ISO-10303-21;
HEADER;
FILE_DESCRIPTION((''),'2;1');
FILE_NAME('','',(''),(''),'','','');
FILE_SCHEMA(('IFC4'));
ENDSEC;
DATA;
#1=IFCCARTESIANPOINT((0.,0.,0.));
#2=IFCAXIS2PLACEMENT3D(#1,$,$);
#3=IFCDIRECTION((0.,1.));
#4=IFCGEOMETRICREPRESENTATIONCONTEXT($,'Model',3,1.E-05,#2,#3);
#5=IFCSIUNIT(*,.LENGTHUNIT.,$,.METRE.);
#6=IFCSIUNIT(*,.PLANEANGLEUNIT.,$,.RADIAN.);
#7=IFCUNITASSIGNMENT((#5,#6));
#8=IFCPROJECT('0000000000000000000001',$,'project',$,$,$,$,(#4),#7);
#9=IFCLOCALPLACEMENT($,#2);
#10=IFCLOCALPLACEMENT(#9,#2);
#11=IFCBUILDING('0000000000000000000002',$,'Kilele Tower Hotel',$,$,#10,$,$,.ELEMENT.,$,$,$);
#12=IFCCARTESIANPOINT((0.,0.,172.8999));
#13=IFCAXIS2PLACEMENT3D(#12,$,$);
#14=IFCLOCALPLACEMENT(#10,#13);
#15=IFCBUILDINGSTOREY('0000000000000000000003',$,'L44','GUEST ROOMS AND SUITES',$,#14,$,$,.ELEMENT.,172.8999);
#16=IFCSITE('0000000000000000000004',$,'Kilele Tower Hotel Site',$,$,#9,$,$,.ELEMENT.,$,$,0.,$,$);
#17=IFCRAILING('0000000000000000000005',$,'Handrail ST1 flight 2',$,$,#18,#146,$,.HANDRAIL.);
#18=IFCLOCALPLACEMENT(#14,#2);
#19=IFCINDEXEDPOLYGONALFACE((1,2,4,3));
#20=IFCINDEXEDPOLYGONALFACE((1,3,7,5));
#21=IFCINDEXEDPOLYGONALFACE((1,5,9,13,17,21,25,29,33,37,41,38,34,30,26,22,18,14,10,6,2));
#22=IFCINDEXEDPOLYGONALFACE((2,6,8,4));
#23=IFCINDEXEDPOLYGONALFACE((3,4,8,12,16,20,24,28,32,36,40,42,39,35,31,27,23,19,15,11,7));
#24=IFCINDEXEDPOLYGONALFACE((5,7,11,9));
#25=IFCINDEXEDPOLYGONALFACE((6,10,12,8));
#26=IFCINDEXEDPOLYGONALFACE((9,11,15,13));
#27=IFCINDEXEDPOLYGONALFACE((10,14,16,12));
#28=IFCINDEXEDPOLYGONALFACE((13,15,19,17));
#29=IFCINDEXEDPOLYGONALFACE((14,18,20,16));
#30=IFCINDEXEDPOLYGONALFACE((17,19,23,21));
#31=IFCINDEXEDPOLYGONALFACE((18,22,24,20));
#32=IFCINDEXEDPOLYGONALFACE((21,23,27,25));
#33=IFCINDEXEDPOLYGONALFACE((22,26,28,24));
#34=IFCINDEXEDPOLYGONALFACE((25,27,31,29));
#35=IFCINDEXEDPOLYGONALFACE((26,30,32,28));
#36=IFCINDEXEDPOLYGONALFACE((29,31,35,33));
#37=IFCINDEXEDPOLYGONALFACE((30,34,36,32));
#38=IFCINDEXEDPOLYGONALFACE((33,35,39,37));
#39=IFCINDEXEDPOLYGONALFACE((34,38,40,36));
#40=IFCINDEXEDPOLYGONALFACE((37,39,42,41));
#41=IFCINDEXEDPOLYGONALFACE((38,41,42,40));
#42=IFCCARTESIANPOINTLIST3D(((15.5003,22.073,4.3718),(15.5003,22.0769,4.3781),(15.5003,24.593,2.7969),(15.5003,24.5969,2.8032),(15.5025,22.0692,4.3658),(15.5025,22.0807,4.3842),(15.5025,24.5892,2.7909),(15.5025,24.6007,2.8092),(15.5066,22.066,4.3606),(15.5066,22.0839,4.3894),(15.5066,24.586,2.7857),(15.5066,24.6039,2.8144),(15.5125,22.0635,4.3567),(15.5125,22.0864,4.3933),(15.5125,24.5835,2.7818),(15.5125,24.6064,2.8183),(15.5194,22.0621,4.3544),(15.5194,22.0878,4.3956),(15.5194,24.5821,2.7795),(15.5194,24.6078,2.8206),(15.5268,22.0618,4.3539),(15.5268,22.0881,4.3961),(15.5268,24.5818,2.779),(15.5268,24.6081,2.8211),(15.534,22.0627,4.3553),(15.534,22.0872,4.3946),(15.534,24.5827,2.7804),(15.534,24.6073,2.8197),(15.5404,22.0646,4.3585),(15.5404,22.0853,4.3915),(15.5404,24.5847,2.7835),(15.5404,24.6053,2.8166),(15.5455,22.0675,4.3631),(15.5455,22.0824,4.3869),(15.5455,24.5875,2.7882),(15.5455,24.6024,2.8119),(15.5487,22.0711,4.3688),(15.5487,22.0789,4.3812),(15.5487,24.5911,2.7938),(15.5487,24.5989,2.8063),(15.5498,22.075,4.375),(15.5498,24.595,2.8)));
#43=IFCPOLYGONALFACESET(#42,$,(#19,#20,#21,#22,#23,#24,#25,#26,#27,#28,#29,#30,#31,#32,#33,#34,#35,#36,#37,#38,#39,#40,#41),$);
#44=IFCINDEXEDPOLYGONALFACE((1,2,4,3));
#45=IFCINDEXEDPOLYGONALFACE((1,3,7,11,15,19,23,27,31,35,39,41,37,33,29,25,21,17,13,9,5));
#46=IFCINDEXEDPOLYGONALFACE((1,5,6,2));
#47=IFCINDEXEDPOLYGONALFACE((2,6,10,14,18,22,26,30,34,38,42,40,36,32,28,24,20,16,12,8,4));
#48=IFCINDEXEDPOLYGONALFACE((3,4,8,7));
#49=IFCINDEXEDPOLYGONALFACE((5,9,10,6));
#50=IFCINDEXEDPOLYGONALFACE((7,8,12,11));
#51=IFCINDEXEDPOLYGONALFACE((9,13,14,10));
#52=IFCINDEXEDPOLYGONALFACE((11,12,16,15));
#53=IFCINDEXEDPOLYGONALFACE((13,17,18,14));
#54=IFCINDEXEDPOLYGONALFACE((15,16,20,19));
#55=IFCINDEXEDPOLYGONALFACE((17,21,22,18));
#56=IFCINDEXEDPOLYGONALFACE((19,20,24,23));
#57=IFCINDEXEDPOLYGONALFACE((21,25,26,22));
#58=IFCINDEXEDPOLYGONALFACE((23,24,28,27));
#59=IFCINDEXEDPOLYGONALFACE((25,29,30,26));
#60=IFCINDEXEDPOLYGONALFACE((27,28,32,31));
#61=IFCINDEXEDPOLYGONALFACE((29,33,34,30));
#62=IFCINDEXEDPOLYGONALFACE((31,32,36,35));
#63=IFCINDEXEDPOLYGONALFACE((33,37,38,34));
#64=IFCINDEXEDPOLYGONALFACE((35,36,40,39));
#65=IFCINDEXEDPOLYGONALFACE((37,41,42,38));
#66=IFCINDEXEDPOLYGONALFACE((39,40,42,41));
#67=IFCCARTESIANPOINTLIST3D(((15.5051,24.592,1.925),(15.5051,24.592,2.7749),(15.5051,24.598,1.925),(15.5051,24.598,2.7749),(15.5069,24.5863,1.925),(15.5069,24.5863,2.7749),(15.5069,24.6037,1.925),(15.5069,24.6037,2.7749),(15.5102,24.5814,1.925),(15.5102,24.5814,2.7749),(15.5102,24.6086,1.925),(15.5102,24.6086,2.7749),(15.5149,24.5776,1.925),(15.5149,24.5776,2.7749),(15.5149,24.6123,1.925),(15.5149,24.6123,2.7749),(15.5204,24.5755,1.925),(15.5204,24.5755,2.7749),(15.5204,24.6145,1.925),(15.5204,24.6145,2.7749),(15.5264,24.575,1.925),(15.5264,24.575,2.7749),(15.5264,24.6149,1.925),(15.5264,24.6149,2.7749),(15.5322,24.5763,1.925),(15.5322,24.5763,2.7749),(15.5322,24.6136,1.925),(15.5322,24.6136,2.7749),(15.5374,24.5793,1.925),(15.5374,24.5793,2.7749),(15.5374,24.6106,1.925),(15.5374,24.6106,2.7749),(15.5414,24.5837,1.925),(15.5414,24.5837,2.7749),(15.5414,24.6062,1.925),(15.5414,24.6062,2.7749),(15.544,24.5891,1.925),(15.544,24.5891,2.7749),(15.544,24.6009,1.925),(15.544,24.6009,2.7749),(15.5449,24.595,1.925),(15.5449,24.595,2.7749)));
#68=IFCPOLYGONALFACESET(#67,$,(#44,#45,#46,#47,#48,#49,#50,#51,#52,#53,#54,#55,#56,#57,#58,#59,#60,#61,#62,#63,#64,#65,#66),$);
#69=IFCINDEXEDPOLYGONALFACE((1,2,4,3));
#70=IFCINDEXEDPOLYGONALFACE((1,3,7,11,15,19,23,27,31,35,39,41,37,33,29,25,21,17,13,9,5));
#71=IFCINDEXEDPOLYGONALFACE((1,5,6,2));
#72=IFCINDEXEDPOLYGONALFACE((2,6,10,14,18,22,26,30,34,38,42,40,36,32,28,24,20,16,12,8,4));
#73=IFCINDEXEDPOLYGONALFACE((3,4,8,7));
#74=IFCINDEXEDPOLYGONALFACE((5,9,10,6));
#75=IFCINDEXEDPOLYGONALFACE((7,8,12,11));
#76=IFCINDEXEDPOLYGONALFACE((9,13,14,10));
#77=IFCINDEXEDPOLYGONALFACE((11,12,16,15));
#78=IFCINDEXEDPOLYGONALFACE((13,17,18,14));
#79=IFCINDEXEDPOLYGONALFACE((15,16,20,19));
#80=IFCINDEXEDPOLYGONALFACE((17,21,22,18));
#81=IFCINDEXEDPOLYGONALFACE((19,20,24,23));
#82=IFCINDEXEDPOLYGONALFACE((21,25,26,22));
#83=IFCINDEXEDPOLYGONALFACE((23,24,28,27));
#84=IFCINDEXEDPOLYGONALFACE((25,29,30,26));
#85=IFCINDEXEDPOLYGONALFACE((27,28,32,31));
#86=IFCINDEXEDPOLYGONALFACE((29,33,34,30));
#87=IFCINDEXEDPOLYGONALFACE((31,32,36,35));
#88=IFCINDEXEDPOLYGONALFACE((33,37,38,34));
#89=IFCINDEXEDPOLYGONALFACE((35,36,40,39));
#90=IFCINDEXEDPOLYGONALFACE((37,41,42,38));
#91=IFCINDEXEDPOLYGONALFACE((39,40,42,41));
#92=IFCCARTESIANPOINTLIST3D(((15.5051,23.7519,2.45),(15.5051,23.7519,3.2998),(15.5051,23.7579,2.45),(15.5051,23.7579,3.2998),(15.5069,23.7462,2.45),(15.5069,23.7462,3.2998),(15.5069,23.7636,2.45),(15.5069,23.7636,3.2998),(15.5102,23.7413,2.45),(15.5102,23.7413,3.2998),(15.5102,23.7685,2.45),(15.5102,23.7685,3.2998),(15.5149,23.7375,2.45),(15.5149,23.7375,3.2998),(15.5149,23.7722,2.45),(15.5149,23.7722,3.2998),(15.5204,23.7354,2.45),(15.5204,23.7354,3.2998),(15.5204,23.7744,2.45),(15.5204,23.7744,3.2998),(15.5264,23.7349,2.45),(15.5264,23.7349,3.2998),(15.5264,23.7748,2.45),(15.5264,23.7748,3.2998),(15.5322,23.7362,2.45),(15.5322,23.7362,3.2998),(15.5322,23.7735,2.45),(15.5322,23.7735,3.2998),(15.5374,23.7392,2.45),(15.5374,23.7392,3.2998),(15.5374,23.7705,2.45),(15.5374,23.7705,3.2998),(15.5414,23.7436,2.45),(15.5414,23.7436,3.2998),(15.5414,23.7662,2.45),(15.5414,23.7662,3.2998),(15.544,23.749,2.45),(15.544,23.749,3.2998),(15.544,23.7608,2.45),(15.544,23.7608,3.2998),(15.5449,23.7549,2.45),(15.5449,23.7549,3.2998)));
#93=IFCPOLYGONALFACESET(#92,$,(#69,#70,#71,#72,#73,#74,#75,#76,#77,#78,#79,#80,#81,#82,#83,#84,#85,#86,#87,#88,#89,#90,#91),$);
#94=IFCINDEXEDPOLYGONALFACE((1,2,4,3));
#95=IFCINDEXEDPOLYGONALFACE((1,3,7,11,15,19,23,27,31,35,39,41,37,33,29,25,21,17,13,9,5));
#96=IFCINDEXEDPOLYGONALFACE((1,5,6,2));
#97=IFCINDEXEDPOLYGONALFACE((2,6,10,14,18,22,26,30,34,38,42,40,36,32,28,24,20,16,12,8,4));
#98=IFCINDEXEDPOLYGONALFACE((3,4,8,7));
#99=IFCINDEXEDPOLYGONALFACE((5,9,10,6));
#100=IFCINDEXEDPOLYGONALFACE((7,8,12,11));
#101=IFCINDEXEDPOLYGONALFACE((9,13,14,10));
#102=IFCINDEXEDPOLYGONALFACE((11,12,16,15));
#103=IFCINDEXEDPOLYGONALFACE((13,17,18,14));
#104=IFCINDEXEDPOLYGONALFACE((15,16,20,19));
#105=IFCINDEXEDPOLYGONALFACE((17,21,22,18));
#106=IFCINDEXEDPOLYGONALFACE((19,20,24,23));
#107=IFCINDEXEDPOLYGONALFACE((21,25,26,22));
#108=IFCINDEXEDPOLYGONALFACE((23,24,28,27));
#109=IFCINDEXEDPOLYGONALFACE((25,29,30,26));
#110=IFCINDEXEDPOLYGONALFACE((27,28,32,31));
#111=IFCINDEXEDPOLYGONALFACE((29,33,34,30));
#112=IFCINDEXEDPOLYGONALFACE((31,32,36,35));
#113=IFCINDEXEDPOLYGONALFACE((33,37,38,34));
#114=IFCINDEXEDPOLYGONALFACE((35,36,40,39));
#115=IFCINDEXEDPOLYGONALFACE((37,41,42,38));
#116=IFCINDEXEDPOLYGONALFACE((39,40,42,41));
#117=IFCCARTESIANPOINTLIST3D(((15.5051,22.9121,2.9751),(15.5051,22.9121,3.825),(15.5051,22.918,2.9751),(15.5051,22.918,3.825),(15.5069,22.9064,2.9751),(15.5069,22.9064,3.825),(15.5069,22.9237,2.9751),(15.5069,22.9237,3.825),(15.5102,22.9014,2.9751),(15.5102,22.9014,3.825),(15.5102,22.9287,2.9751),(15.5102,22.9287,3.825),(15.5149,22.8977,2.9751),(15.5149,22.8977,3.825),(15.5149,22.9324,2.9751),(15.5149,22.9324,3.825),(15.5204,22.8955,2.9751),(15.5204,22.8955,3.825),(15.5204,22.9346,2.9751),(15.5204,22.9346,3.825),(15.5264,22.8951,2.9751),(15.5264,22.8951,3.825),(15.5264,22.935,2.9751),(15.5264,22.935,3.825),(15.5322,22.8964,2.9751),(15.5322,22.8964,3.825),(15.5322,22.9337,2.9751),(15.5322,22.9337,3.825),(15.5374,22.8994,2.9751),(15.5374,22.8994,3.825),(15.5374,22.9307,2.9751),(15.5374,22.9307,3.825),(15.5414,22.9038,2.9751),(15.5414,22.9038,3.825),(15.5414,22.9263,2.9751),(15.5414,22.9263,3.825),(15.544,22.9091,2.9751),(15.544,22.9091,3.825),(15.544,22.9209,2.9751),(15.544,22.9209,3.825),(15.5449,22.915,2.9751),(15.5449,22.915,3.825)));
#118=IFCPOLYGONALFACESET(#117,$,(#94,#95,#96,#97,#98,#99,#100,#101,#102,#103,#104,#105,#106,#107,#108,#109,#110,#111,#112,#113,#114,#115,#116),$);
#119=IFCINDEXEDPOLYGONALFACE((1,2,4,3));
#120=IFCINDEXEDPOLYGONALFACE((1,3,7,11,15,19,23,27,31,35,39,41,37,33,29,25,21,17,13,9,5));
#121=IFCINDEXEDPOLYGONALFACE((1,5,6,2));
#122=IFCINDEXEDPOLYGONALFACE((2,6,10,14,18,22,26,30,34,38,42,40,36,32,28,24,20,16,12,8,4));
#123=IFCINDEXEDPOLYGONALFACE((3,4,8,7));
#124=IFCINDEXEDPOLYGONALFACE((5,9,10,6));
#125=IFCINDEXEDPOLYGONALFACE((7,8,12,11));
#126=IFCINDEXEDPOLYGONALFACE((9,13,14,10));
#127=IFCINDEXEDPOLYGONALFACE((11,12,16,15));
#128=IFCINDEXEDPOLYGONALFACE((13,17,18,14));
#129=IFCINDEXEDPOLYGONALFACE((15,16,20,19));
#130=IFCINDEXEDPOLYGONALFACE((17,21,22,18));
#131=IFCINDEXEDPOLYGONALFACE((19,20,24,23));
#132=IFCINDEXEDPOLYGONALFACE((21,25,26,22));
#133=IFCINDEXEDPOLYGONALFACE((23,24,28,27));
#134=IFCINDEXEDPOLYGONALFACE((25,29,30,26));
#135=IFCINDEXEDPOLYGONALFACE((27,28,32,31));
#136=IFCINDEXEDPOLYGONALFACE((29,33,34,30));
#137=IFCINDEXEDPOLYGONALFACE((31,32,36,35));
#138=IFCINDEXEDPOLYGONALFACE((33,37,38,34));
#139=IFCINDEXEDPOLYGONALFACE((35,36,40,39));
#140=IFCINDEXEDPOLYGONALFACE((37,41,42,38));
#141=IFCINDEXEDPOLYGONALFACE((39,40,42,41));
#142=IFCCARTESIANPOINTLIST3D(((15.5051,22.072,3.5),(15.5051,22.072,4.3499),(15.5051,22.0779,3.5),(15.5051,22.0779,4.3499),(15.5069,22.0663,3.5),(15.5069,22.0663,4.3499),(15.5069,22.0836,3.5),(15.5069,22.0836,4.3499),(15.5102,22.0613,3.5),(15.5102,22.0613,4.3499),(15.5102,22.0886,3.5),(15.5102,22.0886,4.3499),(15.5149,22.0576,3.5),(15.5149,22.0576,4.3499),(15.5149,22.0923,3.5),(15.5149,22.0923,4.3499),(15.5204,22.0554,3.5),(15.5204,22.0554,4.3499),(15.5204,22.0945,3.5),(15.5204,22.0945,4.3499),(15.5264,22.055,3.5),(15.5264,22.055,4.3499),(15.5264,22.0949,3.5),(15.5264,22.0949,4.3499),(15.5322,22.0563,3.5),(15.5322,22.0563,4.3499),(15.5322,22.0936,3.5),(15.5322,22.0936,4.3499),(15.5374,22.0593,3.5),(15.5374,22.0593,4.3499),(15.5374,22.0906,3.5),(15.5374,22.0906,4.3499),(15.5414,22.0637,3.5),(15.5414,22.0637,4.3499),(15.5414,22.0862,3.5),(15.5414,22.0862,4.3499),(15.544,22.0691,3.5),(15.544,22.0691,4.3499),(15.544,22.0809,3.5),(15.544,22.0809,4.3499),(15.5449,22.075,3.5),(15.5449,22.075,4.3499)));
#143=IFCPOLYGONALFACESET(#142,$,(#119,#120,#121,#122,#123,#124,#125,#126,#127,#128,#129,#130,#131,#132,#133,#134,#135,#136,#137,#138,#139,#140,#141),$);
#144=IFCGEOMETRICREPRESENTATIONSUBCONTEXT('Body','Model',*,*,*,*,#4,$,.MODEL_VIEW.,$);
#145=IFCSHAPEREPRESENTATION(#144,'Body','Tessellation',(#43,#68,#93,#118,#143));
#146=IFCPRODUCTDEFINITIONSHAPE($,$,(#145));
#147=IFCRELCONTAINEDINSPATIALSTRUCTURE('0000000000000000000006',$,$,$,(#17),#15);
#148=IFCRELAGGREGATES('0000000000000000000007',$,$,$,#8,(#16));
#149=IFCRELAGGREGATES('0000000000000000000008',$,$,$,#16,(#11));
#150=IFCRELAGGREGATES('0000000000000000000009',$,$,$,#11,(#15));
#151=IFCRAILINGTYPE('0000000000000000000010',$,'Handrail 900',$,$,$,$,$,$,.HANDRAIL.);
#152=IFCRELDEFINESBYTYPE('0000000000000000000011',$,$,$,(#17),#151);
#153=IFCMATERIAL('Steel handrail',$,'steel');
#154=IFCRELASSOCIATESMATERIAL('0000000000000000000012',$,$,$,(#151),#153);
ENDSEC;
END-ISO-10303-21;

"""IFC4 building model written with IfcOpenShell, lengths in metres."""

from ifc_helpers import new_model, si_unit, direction, frame, origin, origin_2d, place, context, subcontext, project, spatial, circle, extrude, material, type_object, element, save


model = new_model("IFC4")

# Units and contexts
model_context = context("Model", 3, precision=1e-05, world=origin(), true_north=direction((0.0, 1.0)))
body_context = subcontext(model_context, "Body", "Model", "MODEL_VIEW")
ifc_project = project(units=[si_unit("LENGTHUNIT", "METRE"), si_unit("PLANEANGLEUNIT", "RADIAN")], contexts=[model_context])

# Site, building, storey
site_placement = place(None, origin())
site = spatial("IfcSite", under=ifc_project, at=site_placement, Name="Kilele Tower Hotel Site", CompositionType="ELEMENT", RefElevation=0.0)
building_placement = place(site_placement, origin())
building = spatial("IfcBuilding", under=site, at=building_placement, Name="Kilele Tower Hotel", CompositionType="ELEMENT")
storey_placement = place(building_placement, frame((0.0, 0.0, 172.8999)))
storey = spatial("IfcBuildingStorey", under=building, at=storey_placement, Name="L44", Description="GUEST ROOMS AND SUITES", CompositionType="ELEMENT", Elevation=172.8999)

# Railing
ifc_material_1 = material(Name="Steel handrail", Category="steel")
railing_type_1 = type_object("IfcRailingType", Name="Handrail 900", PredefinedType="HANDRAIL", material=ifc_material_1)
for number, where, name in (
    (1, (15.5249, 24.595, 1.925), "Handrail ST1 flight 2"),
):
    element("IfcRailing", number, at=place(storey_placement, frame(where)), inside=storey, type_object=railing_type_1, Name=name, PredefinedType="HANDRAIL", context=body_context, shape_type="SweptSolid", body=[
        extrude(circle(Radius=0.0249, at=origin_2d()), frame((0.0, 0.0, 0.875), z_axis=(0.0, -0.848008, 0.529984), x_axis=(1.0, 0.0, 0.0)), (0.0, 0.0, 1.0), 2.9717),
        extrude(circle(Radius=0.02, at=origin_2d()), origin(), (0.0, 0.0, 1.0), 0.8499),
        extrude(circle(Radius=0.02, at=origin_2d()), frame((0.0, -0.8401, 0.5249)), (0.0, 0.0, 1.0), 0.8499),
        extrude(circle(Radius=0.02, at=origin_2d()), frame((0.0, -1.6799, 1.05)), (0.0, 0.0, 1.0), 0.8499),
        extrude(circle(Radius=0.02, at=origin_2d()), frame((0.0, -2.52, 1.575)), (0.0, 0.0, 1.0), 0.8499),
    ])

save(model, "model.ifc")
